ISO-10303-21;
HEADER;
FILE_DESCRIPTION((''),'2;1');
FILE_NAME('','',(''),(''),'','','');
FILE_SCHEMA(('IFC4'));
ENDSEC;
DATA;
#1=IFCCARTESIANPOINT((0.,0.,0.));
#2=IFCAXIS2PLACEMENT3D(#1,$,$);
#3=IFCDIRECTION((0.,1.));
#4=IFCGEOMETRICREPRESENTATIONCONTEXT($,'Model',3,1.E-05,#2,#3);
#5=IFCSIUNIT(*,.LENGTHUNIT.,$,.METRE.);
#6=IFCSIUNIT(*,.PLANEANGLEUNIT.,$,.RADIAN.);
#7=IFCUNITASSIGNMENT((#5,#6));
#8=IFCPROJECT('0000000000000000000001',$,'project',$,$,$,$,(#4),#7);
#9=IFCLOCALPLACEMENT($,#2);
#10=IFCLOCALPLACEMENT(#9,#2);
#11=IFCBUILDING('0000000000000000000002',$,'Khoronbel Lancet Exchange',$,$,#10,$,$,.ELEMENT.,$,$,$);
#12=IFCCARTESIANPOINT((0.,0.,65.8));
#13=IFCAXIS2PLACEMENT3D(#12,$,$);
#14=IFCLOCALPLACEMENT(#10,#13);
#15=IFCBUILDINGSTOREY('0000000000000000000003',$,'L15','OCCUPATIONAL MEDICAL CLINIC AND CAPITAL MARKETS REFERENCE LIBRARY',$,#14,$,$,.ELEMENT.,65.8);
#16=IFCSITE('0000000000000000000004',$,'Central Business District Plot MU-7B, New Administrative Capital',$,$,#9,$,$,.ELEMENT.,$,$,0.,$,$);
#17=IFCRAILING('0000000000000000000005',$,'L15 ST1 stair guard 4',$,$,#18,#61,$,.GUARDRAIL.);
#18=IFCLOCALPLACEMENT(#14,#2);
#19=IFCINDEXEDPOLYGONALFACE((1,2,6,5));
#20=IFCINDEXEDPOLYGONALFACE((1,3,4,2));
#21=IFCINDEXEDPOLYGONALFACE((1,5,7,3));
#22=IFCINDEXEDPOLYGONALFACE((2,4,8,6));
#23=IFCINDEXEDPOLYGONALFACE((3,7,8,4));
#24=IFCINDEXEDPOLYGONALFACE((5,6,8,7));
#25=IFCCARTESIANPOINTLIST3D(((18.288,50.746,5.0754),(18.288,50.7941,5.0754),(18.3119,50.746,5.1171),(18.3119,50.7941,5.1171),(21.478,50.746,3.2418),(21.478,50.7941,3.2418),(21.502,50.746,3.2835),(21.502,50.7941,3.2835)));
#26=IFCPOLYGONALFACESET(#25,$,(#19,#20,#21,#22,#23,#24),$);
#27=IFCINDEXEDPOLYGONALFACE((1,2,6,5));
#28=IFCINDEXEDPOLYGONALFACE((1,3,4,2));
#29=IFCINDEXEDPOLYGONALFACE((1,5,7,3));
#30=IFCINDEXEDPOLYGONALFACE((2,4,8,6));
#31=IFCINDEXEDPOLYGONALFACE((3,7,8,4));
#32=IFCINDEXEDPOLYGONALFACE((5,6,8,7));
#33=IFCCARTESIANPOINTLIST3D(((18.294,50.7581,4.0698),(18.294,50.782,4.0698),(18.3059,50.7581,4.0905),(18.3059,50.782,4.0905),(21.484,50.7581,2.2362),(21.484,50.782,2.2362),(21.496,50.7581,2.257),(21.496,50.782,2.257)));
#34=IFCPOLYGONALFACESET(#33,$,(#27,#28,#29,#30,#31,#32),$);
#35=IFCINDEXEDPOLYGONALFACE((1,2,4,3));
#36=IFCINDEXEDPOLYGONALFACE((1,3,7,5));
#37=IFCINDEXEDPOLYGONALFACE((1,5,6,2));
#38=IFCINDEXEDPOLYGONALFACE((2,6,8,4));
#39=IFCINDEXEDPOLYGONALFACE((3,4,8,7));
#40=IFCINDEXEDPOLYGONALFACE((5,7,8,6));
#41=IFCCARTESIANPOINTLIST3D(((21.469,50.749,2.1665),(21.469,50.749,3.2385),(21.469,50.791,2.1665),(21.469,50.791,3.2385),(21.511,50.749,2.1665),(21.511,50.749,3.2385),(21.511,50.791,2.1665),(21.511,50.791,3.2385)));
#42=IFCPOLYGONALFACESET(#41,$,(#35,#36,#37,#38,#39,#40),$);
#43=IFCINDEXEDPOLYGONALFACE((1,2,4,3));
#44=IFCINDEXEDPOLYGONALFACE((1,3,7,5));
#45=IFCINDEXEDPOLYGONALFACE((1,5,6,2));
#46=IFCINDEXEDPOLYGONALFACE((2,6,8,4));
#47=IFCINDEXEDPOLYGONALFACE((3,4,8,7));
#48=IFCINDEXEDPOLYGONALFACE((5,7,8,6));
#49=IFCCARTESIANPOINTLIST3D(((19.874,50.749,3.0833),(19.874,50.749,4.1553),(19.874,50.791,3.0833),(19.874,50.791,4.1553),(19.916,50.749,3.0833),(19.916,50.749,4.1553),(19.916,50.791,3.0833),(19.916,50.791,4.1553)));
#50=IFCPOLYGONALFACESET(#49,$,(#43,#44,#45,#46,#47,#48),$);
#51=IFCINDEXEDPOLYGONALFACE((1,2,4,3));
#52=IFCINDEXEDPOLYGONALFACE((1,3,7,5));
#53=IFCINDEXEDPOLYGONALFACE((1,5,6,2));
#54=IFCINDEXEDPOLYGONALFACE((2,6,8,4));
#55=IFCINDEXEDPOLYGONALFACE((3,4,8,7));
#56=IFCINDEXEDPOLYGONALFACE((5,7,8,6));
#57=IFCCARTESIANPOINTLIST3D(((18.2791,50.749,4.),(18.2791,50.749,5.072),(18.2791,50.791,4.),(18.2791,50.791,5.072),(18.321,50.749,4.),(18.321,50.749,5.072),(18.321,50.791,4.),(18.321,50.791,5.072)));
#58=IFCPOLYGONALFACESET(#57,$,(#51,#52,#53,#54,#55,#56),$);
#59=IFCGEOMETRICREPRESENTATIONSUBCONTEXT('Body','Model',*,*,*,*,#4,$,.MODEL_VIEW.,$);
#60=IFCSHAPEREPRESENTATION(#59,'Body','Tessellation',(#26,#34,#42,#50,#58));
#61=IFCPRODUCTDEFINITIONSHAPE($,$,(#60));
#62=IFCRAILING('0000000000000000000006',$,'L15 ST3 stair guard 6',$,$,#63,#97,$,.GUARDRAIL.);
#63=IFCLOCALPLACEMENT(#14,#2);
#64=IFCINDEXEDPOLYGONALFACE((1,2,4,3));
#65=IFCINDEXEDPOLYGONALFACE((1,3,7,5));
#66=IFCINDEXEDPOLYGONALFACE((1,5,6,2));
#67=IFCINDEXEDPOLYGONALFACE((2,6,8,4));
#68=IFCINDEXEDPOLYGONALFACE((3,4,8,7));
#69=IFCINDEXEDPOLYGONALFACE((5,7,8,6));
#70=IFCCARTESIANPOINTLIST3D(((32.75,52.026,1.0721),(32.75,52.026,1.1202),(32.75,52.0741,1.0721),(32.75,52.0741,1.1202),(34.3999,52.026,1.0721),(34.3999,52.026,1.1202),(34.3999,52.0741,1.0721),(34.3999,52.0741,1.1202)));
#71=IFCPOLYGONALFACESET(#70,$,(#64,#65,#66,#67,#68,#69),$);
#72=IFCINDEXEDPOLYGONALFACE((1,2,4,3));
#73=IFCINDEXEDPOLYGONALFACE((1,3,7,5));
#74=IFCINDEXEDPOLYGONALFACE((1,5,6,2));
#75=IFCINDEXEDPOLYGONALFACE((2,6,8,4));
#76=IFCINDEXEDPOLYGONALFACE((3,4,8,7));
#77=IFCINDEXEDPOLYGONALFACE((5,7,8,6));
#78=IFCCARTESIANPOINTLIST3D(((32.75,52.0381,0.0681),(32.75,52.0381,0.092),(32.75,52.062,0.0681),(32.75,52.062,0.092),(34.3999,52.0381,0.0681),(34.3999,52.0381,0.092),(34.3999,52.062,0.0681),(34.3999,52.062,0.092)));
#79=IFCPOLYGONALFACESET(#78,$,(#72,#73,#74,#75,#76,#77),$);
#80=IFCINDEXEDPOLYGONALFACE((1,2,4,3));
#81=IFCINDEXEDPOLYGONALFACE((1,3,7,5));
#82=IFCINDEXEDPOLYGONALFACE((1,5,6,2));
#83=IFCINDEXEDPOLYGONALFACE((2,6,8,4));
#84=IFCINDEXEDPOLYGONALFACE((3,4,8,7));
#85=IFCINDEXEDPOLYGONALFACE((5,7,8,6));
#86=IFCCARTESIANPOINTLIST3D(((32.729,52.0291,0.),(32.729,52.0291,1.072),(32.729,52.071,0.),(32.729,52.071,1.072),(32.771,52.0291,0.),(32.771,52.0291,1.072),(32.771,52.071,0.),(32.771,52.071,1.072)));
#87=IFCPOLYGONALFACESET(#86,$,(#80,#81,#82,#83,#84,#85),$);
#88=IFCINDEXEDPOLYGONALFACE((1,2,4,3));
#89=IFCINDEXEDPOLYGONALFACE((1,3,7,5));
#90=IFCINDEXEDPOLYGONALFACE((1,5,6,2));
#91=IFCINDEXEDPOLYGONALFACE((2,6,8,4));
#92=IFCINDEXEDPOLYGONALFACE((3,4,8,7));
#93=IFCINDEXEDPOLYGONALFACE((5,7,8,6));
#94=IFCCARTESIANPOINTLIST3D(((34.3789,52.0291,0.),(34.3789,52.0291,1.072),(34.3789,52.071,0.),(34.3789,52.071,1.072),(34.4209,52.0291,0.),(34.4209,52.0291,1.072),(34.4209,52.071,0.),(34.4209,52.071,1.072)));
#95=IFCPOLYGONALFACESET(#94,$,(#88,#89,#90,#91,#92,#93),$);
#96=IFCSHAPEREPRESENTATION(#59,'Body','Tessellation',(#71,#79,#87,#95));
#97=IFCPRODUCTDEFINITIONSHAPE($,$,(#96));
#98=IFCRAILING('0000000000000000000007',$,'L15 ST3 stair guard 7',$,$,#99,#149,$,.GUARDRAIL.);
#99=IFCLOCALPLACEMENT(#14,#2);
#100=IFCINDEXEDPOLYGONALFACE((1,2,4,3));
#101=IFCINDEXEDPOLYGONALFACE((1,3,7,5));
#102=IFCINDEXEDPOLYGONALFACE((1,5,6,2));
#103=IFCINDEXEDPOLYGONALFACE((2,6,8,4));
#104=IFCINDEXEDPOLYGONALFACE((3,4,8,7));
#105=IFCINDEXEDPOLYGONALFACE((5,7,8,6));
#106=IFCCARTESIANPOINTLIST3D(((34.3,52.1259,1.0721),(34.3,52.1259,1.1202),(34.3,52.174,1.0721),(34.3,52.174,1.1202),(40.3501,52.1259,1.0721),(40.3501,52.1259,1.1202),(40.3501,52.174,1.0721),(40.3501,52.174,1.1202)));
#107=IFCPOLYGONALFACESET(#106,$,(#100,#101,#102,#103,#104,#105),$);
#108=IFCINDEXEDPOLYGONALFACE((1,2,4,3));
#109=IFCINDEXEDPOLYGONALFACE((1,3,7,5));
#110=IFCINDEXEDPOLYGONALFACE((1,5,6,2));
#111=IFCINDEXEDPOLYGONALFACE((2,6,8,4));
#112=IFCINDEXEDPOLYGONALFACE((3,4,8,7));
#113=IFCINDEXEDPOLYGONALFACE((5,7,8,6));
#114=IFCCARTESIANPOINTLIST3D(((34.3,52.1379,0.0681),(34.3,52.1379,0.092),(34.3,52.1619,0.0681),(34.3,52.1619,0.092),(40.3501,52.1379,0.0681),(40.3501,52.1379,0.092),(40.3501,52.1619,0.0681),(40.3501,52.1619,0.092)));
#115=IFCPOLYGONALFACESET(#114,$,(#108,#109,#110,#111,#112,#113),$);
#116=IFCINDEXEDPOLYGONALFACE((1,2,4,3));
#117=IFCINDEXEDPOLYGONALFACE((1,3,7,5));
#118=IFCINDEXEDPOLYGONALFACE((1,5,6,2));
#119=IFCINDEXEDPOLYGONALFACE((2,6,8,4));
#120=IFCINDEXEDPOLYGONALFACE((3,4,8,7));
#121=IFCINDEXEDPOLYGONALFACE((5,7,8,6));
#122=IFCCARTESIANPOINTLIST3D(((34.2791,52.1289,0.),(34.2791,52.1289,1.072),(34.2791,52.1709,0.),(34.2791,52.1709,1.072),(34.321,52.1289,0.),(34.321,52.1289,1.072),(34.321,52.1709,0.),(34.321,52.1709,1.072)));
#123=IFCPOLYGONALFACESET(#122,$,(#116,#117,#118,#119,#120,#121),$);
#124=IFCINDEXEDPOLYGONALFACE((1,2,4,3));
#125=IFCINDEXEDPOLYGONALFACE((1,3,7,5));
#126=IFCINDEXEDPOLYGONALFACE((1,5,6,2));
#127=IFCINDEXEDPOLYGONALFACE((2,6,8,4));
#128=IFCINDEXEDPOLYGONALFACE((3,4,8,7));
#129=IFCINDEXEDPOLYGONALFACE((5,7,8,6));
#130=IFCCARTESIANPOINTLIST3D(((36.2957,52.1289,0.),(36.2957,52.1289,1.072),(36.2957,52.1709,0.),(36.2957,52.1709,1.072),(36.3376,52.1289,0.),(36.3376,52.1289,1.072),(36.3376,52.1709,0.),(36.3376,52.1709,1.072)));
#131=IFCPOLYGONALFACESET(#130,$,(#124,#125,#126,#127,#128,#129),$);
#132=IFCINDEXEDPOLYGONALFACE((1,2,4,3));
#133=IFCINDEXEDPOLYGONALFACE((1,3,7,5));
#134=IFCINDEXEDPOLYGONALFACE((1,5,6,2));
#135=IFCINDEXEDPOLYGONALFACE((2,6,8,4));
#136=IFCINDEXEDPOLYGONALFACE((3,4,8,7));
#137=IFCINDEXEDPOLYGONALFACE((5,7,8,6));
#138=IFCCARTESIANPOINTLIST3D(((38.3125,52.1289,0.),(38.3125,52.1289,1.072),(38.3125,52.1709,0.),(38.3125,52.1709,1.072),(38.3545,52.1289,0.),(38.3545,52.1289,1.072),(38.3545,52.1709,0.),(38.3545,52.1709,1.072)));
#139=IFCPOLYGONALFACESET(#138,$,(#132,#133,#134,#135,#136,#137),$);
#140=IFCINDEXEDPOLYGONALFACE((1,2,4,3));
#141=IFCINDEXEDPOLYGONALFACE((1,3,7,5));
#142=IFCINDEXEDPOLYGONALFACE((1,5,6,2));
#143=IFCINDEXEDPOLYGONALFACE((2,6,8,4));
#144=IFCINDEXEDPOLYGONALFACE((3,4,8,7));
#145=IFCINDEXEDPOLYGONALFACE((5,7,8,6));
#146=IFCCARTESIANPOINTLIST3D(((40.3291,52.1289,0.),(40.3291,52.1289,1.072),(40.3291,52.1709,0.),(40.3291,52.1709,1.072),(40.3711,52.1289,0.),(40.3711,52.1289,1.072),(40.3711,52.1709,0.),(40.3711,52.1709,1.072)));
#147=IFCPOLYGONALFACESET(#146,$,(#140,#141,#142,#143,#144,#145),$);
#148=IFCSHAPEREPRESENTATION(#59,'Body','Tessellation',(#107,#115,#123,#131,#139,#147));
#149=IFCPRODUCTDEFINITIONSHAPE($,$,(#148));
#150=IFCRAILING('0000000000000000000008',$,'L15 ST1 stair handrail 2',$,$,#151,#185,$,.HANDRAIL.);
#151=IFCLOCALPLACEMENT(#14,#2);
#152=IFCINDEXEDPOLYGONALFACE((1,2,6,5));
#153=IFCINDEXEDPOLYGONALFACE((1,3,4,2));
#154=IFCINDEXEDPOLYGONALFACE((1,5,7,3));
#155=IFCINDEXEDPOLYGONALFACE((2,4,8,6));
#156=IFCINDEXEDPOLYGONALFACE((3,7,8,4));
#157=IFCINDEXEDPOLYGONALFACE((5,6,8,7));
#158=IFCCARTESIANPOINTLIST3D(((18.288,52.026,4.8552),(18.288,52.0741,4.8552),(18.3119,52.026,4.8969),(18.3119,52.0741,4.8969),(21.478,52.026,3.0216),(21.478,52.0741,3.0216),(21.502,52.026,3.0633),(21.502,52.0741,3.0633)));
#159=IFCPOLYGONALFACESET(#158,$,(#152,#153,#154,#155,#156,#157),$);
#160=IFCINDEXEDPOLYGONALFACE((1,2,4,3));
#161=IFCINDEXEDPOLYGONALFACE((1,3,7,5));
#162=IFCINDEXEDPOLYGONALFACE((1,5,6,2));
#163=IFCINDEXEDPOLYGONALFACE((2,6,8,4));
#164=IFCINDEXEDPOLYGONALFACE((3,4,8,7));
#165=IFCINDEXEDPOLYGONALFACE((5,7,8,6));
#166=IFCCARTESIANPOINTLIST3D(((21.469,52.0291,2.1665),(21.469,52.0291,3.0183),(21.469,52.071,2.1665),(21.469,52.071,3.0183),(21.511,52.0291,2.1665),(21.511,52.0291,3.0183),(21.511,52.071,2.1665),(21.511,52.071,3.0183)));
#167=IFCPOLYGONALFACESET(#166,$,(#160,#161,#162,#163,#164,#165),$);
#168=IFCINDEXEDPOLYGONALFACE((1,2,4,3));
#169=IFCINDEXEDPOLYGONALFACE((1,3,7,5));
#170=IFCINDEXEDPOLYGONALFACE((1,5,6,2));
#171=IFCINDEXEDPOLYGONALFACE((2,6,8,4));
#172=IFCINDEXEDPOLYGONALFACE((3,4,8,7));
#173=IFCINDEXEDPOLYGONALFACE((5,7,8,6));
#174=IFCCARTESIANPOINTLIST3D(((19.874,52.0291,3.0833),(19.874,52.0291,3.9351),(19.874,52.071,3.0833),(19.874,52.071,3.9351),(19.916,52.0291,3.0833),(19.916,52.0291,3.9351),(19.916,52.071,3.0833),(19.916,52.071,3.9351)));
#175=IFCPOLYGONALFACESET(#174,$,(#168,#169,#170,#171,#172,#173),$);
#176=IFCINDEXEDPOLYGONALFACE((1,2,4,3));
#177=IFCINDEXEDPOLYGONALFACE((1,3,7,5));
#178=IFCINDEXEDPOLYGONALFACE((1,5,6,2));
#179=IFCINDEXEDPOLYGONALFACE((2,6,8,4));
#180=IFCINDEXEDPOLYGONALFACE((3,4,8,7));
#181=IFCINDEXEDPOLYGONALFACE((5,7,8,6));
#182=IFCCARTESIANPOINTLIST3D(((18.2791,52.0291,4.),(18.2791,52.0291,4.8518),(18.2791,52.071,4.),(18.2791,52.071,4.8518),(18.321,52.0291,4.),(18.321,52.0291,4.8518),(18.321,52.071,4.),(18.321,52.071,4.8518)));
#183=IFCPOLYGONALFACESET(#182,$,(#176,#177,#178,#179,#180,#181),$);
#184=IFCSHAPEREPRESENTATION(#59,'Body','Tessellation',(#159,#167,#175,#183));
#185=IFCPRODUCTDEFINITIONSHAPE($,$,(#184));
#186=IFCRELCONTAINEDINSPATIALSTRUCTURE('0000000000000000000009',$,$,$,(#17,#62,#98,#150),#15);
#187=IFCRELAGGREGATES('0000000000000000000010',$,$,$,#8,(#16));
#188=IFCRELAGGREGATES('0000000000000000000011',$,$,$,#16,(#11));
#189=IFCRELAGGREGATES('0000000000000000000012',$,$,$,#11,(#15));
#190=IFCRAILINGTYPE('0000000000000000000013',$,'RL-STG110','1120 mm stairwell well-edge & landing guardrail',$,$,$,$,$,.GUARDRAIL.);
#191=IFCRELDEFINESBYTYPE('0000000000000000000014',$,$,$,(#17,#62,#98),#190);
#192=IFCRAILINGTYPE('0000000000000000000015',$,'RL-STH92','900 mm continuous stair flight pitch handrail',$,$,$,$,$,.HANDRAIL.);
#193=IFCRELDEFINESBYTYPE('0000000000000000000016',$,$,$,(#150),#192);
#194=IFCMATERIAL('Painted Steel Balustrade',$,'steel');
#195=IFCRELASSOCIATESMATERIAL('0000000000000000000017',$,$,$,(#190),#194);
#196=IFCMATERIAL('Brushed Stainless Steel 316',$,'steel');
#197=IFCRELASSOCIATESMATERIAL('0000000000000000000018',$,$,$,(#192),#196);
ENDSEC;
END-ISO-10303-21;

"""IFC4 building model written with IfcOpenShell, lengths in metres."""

from ifc_helpers import new_model, si_unit, direction, frame, origin, origin_2d, place, context, subcontext, project, spatial, rectangle, extrude, material, type_object, element, save


model = new_model("IFC4")

# Units and contexts
model_context = context("Model", 3, precision=1e-05, world=origin(), true_north=direction((0.0, 1.0)))
body_context = subcontext(model_context, "Body", "Model", "MODEL_VIEW")
ifc_project = project(units=[si_unit("LENGTHUNIT", "METRE"), si_unit("PLANEANGLEUNIT", "RADIAN")], contexts=[model_context])

# Site, building, storey
site_placement = place(None, origin())
site = spatial("IfcSite", under=ifc_project, at=site_placement, Name="Central Business District Plot MU-7B, New Administrative Capital", CompositionType="ELEMENT", RefElevation=0.0)
building_placement = place(site_placement, origin())
building = spatial("IfcBuilding", under=site, at=building_placement, Name="Khoronbel Lancet Exchange", CompositionType="ELEMENT")
storey_placement = place(building_placement, frame((0.0, 0.0, 65.8)))
storey = spatial("IfcBuildingStorey", under=building, at=storey_placement, Name="L15", Description="OCCUPATIONAL MEDICAL CLINIC AND CAPITAL MARKETS REFERENCE LIBRARY", CompositionType="ELEMENT", Elevation=65.8)

# Railings
ifc_material_1 = material(Name="Painted Steel Balustrade", Category="steel")
railing_type_1 = type_object("IfcRailingType", Name="RL-STG110", Description="1120 mm stairwell well-edge & landing guardrail", PredefinedType="GUARDRAIL", material=ifc_material_1)
railing_1_placement = place(storey_placement, frame((21.49, 50.77, 2.1665)))
element("IfcRailing", 1, at=railing_1_placement, inside=storey, type_object=railing_type_1, Name="L15 ST1 stair guard 4", PredefinedType="GUARDRAIL", context=body_context, shape_type="SweptSolid", body=[
    extrude(rectangle(XDim=0.0481, YDim=0.0481, at=origin_2d()), frame((0.0, 0.0, 1.0962), z_axis=(-0.866991, 0.0, 0.498324), x_axis=(0.0, -1.0, 0.0)), (0.0, 0.0, 1.0), 3.6794),
    extrude(rectangle(XDim=0.0239, YDim=0.0239, at=origin_2d()), frame((0.0, 0.0, 0.0801), z_axis=(-0.866991, 0.0, 0.498324), x_axis=(0.0, -1.0, 0.0)), (0.0, 0.0, 1.0), 3.6794),
    extrude(rectangle(XDim=0.042, YDim=0.042, at=origin_2d()), origin(), (0.0, 0.0, 1.0), 1.072),
    extrude(rectangle(XDim=0.042, YDim=0.042, at=origin_2d()), frame((-1.595, 0.0, 0.9167)), (0.0, 0.0, 1.0), 1.072),
    extrude(rectangle(XDim=0.042, YDim=0.042, at=origin_2d()), frame((-3.1899, 0.0, 1.8335)), (0.0, 0.0, 1.0), 1.072),
])
railing_2_placement = place(storey_placement, frame((32.75, 52.05, 0.0)))
element("IfcRailing", 2, at=railing_2_placement, inside=storey, type_object=railing_type_1, Name="L15 ST3 stair guard 6", PredefinedType="GUARDRAIL", context=body_context, shape_type="SweptSolid", body=[
    extrude(rectangle(XDim=0.0481, YDim=0.0481, at=origin_2d()), frame((0.0, 0.0, 1.0962), z_axis=(1.0, 0.0, 0.0), x_axis=(0.0, 1.0, 0.0)), (0.0, 0.0, 1.0), 1.6499),
    extrude(rectangle(XDim=0.0239, YDim=0.0239, at=origin_2d()), frame((0.0, 0.0, 0.0801), z_axis=(1.0, 0.0, 0.0), x_axis=(0.0, 1.0, 0.0)), (0.0, 0.0, 1.0), 1.6499),
    extrude(rectangle(XDim=0.042, YDim=0.042, at=origin_2d()), origin(), (0.0, 0.0, 1.0), 1.072),
    extrude(rectangle(XDim=0.042, YDim=0.042, at=origin_2d()), frame((1.6499, 0.0, 0.0)), (0.0, 0.0, 1.0), 1.072),
])
railing_3_placement = place(storey_placement, frame((34.3, 52.1499, 0.0)))
element("IfcRailing", 3, at=railing_3_placement, inside=storey, type_object=railing_type_1, Name="L15 ST3 stair guard 7", PredefinedType="GUARDRAIL", context=body_context, shape_type="SweptSolid", body=[
    extrude(rectangle(XDim=0.0481, YDim=0.0481, at=origin_2d()), frame((0.0, 0.0, 1.0962), z_axis=(1.0, 0.0, 0.0), x_axis=(0.0, 1.0, 0.0)), (0.0, 0.0, 1.0), 6.05),
    extrude(rectangle(XDim=0.0239, YDim=0.0239, at=origin_2d()), frame((0.0, 0.0, 0.0801), z_axis=(1.0, 0.0, 0.0), x_axis=(0.0, 1.0, 0.0)), (0.0, 0.0, 1.0), 6.05),
    extrude(rectangle(XDim=0.042, YDim=0.042, at=origin_2d()), origin(), (0.0, 0.0, 1.0), 1.072),
    extrude(rectangle(XDim=0.042, YDim=0.042, at=origin_2d()), frame((2.0166, 0.0, 0.0)), (0.0, 0.0, 1.0), 1.072),
    extrude(rectangle(XDim=0.042, YDim=0.042, at=origin_2d()), frame((4.0334, 0.0, 0.0)), (0.0, 0.0, 1.0), 1.072),
    extrude(rectangle(XDim=0.042, YDim=0.042, at=origin_2d()), frame((6.05, 0.0, 0.0)), (0.0, 0.0, 1.0), 1.072),
])
ifc_material_2 = material(Name="Brushed Stainless Steel 316", Category="steel")
railing_type_2 = type_object("IfcRailingType", Name="RL-STH92", Description="900 mm continuous stair flight pitch handrail", PredefinedType="HANDRAIL", material=ifc_material_2)
railing_4_placement = place(storey_placement, frame((21.49, 52.05, 2.1665)))
element("IfcRailing", 4, at=railing_4_placement, inside=storey, type_object=railing_type_2, Name="L15 ST1 stair handrail 2", PredefinedType="HANDRAIL", context=body_context, shape_type="SweptSolid", body=[
    extrude(rectangle(XDim=0.0481, YDim=0.0481, at=origin_2d()), frame((0.0, 0.0, 0.876), z_axis=(-0.866991, 0.0, 0.498324), x_axis=(0.0, -1.0, 0.0)), (0.0, 0.0, 1.0), 3.6794),
    extrude(rectangle(XDim=0.042, YDim=0.042, at=origin_2d()), origin(), (0.0, 0.0, 1.0), 0.8518),
    extrude(rectangle(XDim=0.042, YDim=0.042, at=origin_2d()), frame((-1.595, 0.0, 0.9167)), (0.0, 0.0, 1.0), 0.8518),
    extrude(rectangle(XDim=0.042, YDim=0.042, at=origin_2d()), frame((-3.1899, 0.0, 1.8335)), (0.0, 0.0, 1.0), 0.8518),
])

save(model, "model.ifc")
